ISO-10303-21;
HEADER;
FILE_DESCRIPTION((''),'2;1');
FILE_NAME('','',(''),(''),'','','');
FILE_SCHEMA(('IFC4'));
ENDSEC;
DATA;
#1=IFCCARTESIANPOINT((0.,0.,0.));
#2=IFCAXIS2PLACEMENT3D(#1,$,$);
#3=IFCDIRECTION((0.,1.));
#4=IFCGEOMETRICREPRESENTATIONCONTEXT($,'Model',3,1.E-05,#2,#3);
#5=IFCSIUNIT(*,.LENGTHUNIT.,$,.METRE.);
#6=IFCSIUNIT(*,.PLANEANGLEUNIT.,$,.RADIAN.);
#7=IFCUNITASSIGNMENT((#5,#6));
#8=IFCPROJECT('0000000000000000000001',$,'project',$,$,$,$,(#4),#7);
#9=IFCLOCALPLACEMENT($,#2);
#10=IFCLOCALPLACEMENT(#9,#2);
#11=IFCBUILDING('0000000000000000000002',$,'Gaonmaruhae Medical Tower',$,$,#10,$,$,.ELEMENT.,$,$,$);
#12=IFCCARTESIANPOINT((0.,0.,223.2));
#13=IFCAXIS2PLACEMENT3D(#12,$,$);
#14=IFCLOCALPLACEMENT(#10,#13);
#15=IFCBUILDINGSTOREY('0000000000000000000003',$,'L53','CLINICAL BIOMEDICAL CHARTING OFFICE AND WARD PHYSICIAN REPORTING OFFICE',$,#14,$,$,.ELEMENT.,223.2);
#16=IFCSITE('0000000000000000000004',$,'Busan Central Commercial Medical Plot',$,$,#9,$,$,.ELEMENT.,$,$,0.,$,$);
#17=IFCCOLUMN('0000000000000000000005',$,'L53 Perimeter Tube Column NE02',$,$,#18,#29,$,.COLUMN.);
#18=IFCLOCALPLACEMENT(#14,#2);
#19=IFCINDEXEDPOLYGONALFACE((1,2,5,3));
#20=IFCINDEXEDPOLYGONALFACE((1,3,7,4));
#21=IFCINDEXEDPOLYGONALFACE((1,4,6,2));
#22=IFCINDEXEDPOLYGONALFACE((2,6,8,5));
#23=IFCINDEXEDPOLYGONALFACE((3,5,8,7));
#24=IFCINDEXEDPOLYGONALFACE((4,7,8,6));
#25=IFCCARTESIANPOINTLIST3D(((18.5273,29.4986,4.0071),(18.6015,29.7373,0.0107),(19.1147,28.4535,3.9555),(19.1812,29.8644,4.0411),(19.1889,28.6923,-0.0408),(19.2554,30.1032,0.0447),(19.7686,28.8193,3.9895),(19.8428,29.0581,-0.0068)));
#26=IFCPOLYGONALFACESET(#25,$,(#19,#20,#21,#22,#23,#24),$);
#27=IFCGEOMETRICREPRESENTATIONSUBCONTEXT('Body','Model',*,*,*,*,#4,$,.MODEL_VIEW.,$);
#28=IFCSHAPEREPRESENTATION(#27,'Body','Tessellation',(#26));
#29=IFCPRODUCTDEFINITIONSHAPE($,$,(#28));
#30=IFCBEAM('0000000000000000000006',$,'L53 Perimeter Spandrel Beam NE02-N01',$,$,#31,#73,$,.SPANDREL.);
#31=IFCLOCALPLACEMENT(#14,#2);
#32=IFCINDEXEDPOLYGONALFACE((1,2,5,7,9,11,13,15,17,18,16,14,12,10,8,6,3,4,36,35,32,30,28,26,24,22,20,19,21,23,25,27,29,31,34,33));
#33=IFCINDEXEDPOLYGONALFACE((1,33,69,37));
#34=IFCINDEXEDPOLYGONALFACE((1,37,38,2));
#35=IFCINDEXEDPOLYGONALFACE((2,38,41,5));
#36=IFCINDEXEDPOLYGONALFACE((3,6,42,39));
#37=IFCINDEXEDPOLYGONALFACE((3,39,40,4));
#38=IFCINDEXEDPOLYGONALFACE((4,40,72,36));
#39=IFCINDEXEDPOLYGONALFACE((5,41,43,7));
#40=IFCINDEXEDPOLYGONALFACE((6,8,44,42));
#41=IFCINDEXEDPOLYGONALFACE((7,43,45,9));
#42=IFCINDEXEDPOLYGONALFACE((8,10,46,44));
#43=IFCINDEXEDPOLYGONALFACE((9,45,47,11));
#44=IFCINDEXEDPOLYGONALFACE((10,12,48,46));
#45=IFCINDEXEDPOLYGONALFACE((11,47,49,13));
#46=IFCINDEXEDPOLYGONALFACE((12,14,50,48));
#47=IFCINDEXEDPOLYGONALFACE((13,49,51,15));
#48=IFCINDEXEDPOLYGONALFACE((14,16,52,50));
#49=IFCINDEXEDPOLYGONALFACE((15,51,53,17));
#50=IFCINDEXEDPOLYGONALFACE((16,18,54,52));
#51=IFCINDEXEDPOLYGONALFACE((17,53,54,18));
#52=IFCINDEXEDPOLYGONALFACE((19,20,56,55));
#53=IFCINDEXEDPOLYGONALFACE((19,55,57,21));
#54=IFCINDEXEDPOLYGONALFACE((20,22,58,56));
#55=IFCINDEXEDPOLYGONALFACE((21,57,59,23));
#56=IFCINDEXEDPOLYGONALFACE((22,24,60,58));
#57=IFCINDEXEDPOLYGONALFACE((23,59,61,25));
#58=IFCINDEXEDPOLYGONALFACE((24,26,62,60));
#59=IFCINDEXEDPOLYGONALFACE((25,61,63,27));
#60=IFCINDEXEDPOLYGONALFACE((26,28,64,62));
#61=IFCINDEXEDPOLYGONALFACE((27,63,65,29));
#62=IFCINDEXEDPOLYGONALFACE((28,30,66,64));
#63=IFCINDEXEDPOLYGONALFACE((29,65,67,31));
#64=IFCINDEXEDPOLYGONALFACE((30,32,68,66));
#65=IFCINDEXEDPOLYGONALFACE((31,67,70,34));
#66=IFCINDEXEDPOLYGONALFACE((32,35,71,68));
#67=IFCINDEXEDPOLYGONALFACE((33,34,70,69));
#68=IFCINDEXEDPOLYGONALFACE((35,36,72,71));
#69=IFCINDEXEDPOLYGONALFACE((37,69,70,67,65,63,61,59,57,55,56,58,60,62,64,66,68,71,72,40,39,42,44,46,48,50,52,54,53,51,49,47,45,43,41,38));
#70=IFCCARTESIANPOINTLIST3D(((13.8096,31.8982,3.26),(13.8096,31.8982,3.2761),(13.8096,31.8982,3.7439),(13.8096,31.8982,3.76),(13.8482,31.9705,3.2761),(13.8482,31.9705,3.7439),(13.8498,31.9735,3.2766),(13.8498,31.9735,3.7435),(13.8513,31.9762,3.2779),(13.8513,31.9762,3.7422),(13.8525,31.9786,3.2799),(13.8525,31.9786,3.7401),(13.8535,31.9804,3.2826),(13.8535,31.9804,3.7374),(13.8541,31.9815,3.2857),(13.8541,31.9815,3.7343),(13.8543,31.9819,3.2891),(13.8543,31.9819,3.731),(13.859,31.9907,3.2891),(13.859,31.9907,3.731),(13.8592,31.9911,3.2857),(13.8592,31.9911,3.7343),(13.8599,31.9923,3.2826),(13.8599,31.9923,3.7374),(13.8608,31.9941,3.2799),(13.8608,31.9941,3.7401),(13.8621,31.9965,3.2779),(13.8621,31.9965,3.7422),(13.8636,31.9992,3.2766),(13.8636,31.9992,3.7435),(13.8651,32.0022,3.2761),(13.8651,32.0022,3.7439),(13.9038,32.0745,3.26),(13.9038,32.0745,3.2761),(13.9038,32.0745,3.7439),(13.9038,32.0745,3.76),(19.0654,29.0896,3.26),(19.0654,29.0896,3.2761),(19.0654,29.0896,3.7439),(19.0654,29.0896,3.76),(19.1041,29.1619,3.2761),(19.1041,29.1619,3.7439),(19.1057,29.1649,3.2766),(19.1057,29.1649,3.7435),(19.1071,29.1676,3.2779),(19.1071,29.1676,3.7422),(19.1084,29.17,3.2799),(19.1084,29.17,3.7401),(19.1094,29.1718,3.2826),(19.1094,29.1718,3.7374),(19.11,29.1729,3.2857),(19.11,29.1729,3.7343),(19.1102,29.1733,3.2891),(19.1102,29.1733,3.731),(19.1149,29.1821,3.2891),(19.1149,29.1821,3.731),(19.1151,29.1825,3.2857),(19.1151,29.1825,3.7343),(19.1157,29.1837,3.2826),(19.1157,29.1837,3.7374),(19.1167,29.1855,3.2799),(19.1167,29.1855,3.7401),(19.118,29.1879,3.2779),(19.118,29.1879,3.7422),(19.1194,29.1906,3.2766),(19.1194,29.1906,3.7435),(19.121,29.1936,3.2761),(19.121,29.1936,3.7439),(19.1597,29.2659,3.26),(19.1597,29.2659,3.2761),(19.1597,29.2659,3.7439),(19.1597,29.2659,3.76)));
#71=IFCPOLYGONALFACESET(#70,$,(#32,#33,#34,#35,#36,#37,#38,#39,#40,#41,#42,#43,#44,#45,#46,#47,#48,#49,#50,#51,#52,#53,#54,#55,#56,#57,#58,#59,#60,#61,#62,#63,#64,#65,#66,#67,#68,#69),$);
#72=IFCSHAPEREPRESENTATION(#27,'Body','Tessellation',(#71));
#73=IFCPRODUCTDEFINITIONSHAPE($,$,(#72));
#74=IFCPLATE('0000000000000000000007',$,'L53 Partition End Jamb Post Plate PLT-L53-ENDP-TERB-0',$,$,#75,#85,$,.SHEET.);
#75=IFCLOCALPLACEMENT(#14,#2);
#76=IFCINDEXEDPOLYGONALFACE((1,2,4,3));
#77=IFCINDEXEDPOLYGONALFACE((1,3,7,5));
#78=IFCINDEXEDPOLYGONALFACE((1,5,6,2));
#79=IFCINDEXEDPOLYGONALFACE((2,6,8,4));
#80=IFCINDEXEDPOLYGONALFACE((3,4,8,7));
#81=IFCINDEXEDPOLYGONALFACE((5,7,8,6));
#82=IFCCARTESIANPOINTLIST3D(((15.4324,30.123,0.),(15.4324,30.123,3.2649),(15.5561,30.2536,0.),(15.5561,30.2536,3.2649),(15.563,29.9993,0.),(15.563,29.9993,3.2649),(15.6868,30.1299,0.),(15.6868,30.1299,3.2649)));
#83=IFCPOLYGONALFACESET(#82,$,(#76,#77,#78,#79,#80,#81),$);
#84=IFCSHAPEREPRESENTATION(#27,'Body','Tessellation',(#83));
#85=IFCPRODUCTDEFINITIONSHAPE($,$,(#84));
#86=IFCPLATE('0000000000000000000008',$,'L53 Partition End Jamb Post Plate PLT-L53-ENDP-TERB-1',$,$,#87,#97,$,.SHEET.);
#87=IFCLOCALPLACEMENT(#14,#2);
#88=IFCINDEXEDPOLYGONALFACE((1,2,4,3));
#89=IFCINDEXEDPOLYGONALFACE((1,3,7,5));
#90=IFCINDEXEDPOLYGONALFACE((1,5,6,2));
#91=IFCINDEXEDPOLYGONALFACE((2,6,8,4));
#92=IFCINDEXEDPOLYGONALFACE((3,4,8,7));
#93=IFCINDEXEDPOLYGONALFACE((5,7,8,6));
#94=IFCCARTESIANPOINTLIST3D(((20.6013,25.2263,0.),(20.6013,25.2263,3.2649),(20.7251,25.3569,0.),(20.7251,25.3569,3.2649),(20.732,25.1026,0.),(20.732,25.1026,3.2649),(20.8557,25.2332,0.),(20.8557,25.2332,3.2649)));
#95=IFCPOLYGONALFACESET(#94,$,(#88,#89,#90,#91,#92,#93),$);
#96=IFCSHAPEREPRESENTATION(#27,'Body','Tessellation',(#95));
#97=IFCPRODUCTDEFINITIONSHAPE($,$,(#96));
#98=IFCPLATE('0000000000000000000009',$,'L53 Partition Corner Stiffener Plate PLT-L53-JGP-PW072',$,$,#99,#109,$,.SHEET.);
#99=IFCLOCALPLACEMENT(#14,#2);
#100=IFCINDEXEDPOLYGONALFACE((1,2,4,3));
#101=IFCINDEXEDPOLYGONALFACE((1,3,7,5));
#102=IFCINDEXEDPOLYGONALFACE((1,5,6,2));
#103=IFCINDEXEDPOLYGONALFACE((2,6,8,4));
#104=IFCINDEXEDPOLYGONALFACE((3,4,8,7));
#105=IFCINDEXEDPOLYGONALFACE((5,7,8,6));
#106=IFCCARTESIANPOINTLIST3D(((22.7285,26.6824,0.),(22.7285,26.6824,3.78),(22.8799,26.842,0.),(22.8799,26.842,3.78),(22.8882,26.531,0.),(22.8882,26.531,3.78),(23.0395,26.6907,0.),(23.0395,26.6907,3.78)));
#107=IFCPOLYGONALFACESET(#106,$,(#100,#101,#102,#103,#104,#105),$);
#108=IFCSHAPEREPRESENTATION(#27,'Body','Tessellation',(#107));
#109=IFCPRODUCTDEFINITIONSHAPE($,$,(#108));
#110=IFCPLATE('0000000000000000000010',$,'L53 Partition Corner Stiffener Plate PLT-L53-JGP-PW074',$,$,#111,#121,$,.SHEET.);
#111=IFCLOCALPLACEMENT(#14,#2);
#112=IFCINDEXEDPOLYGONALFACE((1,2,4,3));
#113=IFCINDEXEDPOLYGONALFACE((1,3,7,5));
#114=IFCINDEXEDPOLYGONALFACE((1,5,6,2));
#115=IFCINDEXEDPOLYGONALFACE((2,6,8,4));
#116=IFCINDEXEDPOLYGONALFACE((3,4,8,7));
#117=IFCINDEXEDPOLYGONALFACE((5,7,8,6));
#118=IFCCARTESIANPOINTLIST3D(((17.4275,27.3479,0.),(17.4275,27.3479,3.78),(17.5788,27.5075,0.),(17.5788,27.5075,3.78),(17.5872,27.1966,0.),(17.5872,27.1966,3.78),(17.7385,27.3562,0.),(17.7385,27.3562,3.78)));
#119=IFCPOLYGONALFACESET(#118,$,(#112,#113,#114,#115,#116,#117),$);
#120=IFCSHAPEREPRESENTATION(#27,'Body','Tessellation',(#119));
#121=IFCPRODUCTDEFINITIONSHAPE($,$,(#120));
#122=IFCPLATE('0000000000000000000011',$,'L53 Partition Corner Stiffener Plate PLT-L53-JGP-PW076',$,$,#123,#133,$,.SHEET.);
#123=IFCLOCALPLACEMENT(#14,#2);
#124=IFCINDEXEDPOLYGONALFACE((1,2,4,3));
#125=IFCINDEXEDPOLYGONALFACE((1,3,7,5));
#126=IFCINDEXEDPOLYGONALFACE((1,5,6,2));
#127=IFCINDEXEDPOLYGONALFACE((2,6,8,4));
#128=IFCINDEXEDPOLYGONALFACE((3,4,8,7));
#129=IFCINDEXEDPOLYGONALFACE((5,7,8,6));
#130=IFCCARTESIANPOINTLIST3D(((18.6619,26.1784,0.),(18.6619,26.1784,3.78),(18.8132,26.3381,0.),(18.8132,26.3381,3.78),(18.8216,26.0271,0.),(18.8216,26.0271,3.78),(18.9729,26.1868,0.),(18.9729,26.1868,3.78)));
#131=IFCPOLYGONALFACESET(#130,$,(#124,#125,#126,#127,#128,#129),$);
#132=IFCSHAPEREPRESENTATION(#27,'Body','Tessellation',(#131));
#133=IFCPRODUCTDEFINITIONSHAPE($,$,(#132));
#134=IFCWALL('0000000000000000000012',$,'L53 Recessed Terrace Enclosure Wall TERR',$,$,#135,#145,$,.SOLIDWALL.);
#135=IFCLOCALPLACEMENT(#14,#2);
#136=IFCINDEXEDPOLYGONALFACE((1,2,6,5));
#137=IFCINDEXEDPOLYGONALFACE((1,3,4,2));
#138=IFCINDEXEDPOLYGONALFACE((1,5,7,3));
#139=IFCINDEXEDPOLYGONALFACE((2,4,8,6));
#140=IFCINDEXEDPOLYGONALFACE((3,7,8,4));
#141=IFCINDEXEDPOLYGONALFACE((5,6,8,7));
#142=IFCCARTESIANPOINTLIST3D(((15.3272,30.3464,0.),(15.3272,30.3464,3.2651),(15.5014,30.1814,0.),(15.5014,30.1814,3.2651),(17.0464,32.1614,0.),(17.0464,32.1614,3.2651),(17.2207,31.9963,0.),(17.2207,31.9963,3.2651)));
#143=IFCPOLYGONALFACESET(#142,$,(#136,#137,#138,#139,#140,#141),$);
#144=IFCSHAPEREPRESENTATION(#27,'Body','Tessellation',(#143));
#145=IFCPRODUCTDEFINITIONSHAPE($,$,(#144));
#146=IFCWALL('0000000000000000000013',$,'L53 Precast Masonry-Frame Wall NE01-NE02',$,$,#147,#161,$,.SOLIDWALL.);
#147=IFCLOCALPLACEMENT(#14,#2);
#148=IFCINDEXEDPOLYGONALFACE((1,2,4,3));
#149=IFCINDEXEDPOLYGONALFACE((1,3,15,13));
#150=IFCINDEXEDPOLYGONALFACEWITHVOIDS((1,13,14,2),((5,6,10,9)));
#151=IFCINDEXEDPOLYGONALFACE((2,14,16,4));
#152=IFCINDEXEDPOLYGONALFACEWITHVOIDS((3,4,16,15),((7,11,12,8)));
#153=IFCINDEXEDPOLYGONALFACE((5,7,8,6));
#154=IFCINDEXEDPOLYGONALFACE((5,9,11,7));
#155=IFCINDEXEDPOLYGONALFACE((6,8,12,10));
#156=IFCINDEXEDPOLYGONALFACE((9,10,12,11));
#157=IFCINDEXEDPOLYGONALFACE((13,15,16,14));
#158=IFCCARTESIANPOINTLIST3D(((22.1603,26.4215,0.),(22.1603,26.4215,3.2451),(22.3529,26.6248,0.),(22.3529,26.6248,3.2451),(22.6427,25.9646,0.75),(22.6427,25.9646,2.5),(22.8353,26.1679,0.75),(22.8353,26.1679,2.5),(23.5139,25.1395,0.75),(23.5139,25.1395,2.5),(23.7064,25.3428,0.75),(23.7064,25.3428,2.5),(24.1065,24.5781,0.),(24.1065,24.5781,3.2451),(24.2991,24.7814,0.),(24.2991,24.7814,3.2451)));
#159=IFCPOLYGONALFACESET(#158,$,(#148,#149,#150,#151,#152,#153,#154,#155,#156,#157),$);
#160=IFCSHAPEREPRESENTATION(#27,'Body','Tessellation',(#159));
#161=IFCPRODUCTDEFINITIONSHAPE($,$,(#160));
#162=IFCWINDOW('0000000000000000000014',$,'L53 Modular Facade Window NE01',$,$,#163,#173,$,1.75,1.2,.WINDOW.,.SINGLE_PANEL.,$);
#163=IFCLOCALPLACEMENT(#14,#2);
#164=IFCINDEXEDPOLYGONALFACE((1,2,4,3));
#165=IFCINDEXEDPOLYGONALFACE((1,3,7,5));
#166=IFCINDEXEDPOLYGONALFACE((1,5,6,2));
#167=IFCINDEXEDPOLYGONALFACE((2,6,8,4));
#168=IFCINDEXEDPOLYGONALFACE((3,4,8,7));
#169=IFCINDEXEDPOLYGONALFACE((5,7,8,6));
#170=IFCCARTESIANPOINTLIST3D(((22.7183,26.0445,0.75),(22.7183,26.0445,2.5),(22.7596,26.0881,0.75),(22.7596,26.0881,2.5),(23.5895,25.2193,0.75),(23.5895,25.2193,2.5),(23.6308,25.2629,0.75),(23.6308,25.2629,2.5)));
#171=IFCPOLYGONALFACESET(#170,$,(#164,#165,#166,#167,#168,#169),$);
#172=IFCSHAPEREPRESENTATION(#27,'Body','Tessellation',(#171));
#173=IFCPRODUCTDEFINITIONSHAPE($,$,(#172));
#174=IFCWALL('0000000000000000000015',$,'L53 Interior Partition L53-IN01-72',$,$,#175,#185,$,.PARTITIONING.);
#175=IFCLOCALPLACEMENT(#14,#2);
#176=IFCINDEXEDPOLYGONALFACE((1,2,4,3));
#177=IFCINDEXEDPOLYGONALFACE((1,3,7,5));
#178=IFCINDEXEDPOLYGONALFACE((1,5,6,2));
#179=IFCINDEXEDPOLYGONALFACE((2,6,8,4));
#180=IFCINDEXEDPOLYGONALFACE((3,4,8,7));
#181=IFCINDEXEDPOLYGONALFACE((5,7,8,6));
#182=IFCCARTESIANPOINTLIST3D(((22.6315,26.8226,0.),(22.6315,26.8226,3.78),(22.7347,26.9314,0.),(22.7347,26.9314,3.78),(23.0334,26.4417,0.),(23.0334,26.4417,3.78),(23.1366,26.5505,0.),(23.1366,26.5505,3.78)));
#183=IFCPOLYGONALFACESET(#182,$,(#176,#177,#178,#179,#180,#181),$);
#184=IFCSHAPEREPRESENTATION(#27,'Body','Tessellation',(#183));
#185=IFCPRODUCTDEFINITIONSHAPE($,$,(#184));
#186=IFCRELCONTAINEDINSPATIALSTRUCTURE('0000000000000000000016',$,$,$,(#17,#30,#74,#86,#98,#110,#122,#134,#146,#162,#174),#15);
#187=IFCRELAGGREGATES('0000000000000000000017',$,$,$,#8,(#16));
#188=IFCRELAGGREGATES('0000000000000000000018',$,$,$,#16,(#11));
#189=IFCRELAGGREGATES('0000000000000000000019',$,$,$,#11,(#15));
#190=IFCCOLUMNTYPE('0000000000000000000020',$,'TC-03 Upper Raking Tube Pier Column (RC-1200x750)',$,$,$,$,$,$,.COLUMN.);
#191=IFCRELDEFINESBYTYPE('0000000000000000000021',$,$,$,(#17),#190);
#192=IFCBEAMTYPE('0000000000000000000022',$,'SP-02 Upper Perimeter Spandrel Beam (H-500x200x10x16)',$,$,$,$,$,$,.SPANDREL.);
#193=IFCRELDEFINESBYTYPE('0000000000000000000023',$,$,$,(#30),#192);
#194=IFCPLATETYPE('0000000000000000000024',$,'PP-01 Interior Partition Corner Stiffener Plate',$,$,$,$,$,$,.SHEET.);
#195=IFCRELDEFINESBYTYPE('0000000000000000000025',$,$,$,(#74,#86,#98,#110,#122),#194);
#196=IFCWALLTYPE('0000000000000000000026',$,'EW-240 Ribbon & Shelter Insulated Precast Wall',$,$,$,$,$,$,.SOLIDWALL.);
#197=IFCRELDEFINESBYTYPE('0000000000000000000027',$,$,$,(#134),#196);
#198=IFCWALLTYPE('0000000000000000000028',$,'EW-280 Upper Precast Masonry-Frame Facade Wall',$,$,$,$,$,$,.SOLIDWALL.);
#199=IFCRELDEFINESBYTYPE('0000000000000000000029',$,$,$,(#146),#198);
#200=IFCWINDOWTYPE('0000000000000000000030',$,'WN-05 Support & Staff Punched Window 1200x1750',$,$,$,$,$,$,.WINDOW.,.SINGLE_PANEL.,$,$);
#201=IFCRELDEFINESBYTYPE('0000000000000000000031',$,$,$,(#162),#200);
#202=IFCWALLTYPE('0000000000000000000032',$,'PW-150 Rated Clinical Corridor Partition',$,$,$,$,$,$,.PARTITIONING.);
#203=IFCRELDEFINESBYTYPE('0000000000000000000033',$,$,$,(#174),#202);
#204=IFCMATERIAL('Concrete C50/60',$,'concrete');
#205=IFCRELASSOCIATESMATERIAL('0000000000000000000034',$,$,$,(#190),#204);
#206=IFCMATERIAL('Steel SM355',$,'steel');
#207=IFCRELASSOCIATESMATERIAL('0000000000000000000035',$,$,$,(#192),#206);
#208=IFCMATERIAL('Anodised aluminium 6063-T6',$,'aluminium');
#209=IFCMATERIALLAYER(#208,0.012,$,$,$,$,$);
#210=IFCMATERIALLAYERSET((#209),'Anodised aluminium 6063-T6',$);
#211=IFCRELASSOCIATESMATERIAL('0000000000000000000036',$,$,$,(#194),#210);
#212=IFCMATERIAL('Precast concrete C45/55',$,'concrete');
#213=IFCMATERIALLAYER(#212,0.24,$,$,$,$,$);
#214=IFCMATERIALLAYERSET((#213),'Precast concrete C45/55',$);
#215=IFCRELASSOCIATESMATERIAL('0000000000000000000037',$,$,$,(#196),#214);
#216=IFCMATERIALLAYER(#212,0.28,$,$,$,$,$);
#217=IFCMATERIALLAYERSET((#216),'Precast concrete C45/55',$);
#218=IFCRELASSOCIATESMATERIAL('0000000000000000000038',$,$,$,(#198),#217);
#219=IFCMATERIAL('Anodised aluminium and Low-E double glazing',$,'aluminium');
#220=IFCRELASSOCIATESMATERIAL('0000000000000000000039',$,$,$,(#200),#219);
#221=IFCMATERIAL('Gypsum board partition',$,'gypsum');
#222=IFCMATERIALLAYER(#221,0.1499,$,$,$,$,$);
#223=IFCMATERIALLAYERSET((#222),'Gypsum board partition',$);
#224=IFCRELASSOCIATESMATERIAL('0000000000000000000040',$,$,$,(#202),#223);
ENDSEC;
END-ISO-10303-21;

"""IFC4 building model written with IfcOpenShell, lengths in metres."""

from ifc_helpers import new_model, si_unit, direction, frame, frame_2d, origin, origin_2d, place, context, subcontext, project, spatial, rectangle, i_section, extrude, material, layer, layer_set, material_profile, profile_set, type_object, element, fill, save


model = new_model("IFC4")

# Units and contexts
model_context = context("Model", 3, precision=1e-05, world=origin(), true_north=direction((0.0, 1.0)))
body_context = subcontext(model_context, "Body", "Model", "MODEL_VIEW")
ifc_project = project(units=[si_unit("LENGTHUNIT", "METRE"), si_unit("PLANEANGLEUNIT", "RADIAN")], contexts=[model_context])

# Site, building, storey
site_placement = place(None, origin())
site = spatial("IfcSite", under=ifc_project, at=site_placement, Name="Busan Central Commercial Medical Plot", CompositionType="ELEMENT", RefElevation=0.0)
building_placement = place(site_placement, origin())
building = spatial("IfcBuilding", under=site, at=building_placement, Name="Gaonmaruhae Medical Tower", CompositionType="ELEMENT")
storey_placement = place(building_placement, frame((0.0, 0.0, 223.2)))
storey = spatial("IfcBuildingStorey", under=building, at=storey_placement, Name="L53", Description="CLINICAL BIOMEDICAL CHARTING OFFICE AND WARD PHYSICIAN REPORTING OFFICE", CompositionType="ELEMENT", Elevation=223.2)

# Column
ifc_material_1 = material(Name="Concrete C50/60", Category="concrete")
ifc_material_profile_1 = material_profile(ifc_material_1, rectangle(XDim=1.2, YDim=0.75, at=origin_2d()), Name="RC-1200x750")
ifc_profile_set_1 = profile_set([ifc_material_profile_1], Name="Concrete C50/60")
column_type = type_object("IfcColumnType", Name="TC-03 Upper Raking Tube Pier Column (RC-1200x750)", PredefinedType="COLUMN", material=ifc_profile_set_1)
column_placement = place(storey_placement, frame((19.2222, 29.3977, 0.002), z_axis=(-0.018535, -0.05963, 0.998048), x_axis=(-0.489518, 0.870935, 0.042945)))
element("IfcColumn", 1, at=column_placement, inside=storey, type_object=column_type, Name="L53 Perimeter Tube Column NE02", PredefinedType="COLUMN", context=body_context, shape_type="SweptSolid", body=[
    extrude(rectangle(XDim=1.2, YDim=0.75, at=origin_2d()), origin(), (0.0, 0.0, 1.0), 4.0042),
])

# Beam
ifc_material_2 = material(Name="Steel SM355", Category="steel")
ifc_material_profile_2 = material_profile(ifc_material_2, i_section(OverallWidth=0.2, OverallDepth=0.5, WebThickness=0.01, FlangeThickness=0.0161, FilletRadius=0.0129, at=origin_2d()), Name="H-500x200x10x16")
ifc_profile_set_2 = profile_set([ifc_material_profile_2], Name="Steel SM355")
beam_type = type_object("IfcBeamType", Name="SP-02 Upper Perimeter Spandrel Beam (H-500x200x10x16)", PredefinedType="SPANDREL", material=ifc_profile_set_2)
beam_placement = place(storey_placement, frame((19.1125, 29.1777, 3.51), z_axis=(-0.881972, 0.471303, 0.0), x_axis=(-0.471303, -0.881972, 0.0)))
element("IfcBeam", 2, at=beam_placement, inside=storey, type_object=beam_type, Name="L53 Perimeter Spandrel Beam NE02-N01", PredefinedType="SPANDREL", context=body_context, shape_type="SweptSolid", body=[
    extrude(i_section(OverallWidth=0.2, OverallDepth=0.5, WebThickness=0.01, FlangeThickness=0.0161, FilletRadius=0.0129, at=origin_2d()), origin(), (0.0, 0.0, 1.0), 5.9592),
])

# Plates
ifc_material_3 = material(Name="Anodised aluminium 6063-T6", Category="aluminium")
ifc_layer_1 = layer(ifc_material_3, 0.012)
ifc_layer_set_1 = layer_set([ifc_layer_1], Name="Anodised aluminium 6063-T6")
plate_type = type_object("IfcPlateType", Name="PP-01 Interior Partition Corner Stiffener Plate", PredefinedType="SHEET", material=ifc_layer_set_1)
for number, where, z_axis, x_axis, name in (
    (3, (15.5596, 30.1265, 0.0), (0.0, 0.0, 1.0), (0.725975, -0.687721, 0.0), "L53 Partition End Jamb Post Plate PLT-L53-ENDP-TERB-0"),
    (4, (20.7285, 25.2297, 0.0), (0.0, 0.0, 1.0), (0.725975, -0.687721, 0.0), "L53 Partition End Jamb Post Plate PLT-L53-ENDP-TERB-1"),
):
    element("IfcPlate", number, at=place(storey_placement, frame(where, z_axis=z_axis, x_axis=x_axis)), inside=storey, type_object=plate_type, Name=name, PredefinedType="SHEET", context=body_context, shape_type="SweptSolid", body=[
        extrude(rectangle(XDim=0.1799, YDim=0.1799, at=origin_2d()), origin(), (0.0, 0.0, 1.0), 3.2649),
    ])
for number, where, z_axis, x_axis, name in (
    (5, (22.884, 26.6865, 0.0), (0.0, 0.0, 1.0), (0.725807, -0.687899, 0.0), "L53 Partition Corner Stiffener Plate PLT-L53-JGP-PW072"),
    (6, (17.583, 27.3521, 0.0), (0.0, 0.0, 1.0), (-0.687899, -0.725807, 0.0), "L53 Partition Corner Stiffener Plate PLT-L53-JGP-PW074"),
    (7, (18.8174, 26.1826, 0.0), (0.0, 0.0, 1.0), (0.687873, 0.725831, 0.0), "L53 Partition Corner Stiffener Plate PLT-L53-JGP-PW076"),
):
    element("IfcPlate", number, at=place(storey_placement, frame(where, z_axis=z_axis, x_axis=x_axis)), inside=storey, type_object=plate_type, Name=name, PredefinedType="SHEET", context=body_context, shape_type="SweptSolid", body=[
        extrude(rectangle(XDim=0.22, YDim=0.22, at=origin_2d()), origin(), (0.0, 0.0, 1.0), 3.78),
    ])

# Shared definitions
ifc_material_4 = material(Name="Precast concrete C45/55", Category="concrete")
ifc_layer_2 = layer(ifc_material_4, 0.24)
ifc_layer_set_2 = layer_set([ifc_layer_2], Name="Precast concrete C45/55")
wall_type_1 = type_object("IfcWallType", Name="EW-240 Ribbon & Shelter Insulated Precast Wall", PredefinedType="SOLIDWALL", material=ifc_layer_set_2)

# Wall
wall_1_placement = place(storey_placement, frame((17.1335, 32.0789, 0.0), z_axis=(0.0, 0.0, 1.0), x_axis=(-0.687707, -0.725989, 0.0)))
element("IfcWall", 8, at=wall_1_placement, inside=storey, type_object=wall_type_1, Name="L53 Recessed Terrace Enclosure Wall TERR", PredefinedType="SOLIDWALL", context=body_context, shape_type="SweptSolid", body=[
    extrude(rectangle(XDim=2.5, YDim=0.24, at=frame_2d((1.25, 0.0))), origin(), (0.0, 0.0, 1.0), 3.2651),
])

# Wall, opening, window
ifc_layer_3 = layer(ifc_material_4, 0.28)
ifc_layer_set_3 = layer_set([ifc_layer_3], Name="Precast concrete C45/55")
wall_type_2 = type_object("IfcWallType", Name="EW-280 Upper Precast Masonry-Frame Facade Wall", PredefinedType="SOLIDWALL", material=ifc_layer_set_3)
wall_2_placement = place(storey_placement, frame((22.2566, 26.5232, 0.0), z_axis=(0.0, 0.0, 1.0), x_axis=(0.726017, -0.687676, 0.0)))
wall_2 = element("IfcWall", 9, at=wall_2_placement, inside=storey, type_object=wall_type_2, Name="L53 Precast Masonry-Frame Wall NE01-NE02", PredefinedType="SOLIDWALL", context=body_context, shape_type="SweptSolid", body=[
    extrude(rectangle(XDim=2.6807, YDim=0.28, at=frame_2d((1.3403, 0.0))), origin(), (0.0, 0.0, 1.0), 3.2451),
])
opening_1_placement = place(wall_2_placement, frame((0.6643, 0.0, 0.75)))
opening_1 = element("IfcOpeningElement", 10, at=opening_1_placement, cuts=wall_2, PredefinedType="OPENING", context=body_context, shape_type="SweptSolid", body=[
    extrude(rectangle(XDim=1.2, YDim=1.75, at=frame_2d((0.6001, 0.875))), frame((0.0, 0.1499, 0.0), z_axis=(0.0, -1.0, 0.0), x_axis=(1.0, 0.0, 0.0)), (0.0, 0.0, 1.0), 0.3),
])
ifc_material_5 = material(Name="Anodised aluminium and Low-E double glazing", Category="aluminium")
window_type = type_object("IfcWindowType", Name="WN-05 Support & Staff Punched Window 1200x1750", PartitioningType="SINGLE_PANEL", PredefinedType="WINDOW", material=ifc_material_5)
window_placement = place(opening_1_placement, origin())
window = element("IfcWindow", 11, at=window_placement, inside=storey, type_object=window_type, Name="L53 Modular Facade Window NE01", OverallHeight=1.75, OverallWidth=1.2, PartitioningType="SINGLE_PANEL", PredefinedType="WINDOW", context=body_context, shape_type="SweptSolid", body=[
    extrude(rectangle(XDim=1.2, YDim=1.75, at=frame_2d((0.6001, 0.875))), frame((0.0, 0.03, 0.0), z_axis=(0.0, -1.0, 0.0), x_axis=(1.0, 0.0, 0.0)), (0.0, 0.0, 1.0), 0.0601),
])
fill(opening_1, window)

# Wall
ifc_material_6 = material(Name="Gypsum board partition", Category="gypsum")
ifc_layer_4 = layer(ifc_material_6, 0.1499)
ifc_layer_set_4 = layer_set([ifc_layer_4], Name="Gypsum board partition")
wall_type_3 = type_object("IfcWallType", Name="PW-150 Rated Clinical Corridor Partition", PredefinedType="PARTITIONING", material=ifc_layer_set_4)
wall_3_placement = place(storey_placement, frame((22.6831, 26.877, 0.0), z_axis=(0.0, 0.0, 1.0), x_axis=(0.725814, -0.687891, 0.0)))
element("IfcWall", 12, at=wall_3_placement, inside=storey, type_object=wall_type_3, Name="L53 Interior Partition L53-IN01-72", PredefinedType="PARTITIONING", context=body_context, shape_type="SweptSolid", body=[
    extrude(rectangle(XDim=0.5537, YDim=0.1499, at=frame_2d((0.2769, 0.0))), origin(), (0.0, 0.0, 1.0), 3.78),
])

save(model, "model.ifc")
